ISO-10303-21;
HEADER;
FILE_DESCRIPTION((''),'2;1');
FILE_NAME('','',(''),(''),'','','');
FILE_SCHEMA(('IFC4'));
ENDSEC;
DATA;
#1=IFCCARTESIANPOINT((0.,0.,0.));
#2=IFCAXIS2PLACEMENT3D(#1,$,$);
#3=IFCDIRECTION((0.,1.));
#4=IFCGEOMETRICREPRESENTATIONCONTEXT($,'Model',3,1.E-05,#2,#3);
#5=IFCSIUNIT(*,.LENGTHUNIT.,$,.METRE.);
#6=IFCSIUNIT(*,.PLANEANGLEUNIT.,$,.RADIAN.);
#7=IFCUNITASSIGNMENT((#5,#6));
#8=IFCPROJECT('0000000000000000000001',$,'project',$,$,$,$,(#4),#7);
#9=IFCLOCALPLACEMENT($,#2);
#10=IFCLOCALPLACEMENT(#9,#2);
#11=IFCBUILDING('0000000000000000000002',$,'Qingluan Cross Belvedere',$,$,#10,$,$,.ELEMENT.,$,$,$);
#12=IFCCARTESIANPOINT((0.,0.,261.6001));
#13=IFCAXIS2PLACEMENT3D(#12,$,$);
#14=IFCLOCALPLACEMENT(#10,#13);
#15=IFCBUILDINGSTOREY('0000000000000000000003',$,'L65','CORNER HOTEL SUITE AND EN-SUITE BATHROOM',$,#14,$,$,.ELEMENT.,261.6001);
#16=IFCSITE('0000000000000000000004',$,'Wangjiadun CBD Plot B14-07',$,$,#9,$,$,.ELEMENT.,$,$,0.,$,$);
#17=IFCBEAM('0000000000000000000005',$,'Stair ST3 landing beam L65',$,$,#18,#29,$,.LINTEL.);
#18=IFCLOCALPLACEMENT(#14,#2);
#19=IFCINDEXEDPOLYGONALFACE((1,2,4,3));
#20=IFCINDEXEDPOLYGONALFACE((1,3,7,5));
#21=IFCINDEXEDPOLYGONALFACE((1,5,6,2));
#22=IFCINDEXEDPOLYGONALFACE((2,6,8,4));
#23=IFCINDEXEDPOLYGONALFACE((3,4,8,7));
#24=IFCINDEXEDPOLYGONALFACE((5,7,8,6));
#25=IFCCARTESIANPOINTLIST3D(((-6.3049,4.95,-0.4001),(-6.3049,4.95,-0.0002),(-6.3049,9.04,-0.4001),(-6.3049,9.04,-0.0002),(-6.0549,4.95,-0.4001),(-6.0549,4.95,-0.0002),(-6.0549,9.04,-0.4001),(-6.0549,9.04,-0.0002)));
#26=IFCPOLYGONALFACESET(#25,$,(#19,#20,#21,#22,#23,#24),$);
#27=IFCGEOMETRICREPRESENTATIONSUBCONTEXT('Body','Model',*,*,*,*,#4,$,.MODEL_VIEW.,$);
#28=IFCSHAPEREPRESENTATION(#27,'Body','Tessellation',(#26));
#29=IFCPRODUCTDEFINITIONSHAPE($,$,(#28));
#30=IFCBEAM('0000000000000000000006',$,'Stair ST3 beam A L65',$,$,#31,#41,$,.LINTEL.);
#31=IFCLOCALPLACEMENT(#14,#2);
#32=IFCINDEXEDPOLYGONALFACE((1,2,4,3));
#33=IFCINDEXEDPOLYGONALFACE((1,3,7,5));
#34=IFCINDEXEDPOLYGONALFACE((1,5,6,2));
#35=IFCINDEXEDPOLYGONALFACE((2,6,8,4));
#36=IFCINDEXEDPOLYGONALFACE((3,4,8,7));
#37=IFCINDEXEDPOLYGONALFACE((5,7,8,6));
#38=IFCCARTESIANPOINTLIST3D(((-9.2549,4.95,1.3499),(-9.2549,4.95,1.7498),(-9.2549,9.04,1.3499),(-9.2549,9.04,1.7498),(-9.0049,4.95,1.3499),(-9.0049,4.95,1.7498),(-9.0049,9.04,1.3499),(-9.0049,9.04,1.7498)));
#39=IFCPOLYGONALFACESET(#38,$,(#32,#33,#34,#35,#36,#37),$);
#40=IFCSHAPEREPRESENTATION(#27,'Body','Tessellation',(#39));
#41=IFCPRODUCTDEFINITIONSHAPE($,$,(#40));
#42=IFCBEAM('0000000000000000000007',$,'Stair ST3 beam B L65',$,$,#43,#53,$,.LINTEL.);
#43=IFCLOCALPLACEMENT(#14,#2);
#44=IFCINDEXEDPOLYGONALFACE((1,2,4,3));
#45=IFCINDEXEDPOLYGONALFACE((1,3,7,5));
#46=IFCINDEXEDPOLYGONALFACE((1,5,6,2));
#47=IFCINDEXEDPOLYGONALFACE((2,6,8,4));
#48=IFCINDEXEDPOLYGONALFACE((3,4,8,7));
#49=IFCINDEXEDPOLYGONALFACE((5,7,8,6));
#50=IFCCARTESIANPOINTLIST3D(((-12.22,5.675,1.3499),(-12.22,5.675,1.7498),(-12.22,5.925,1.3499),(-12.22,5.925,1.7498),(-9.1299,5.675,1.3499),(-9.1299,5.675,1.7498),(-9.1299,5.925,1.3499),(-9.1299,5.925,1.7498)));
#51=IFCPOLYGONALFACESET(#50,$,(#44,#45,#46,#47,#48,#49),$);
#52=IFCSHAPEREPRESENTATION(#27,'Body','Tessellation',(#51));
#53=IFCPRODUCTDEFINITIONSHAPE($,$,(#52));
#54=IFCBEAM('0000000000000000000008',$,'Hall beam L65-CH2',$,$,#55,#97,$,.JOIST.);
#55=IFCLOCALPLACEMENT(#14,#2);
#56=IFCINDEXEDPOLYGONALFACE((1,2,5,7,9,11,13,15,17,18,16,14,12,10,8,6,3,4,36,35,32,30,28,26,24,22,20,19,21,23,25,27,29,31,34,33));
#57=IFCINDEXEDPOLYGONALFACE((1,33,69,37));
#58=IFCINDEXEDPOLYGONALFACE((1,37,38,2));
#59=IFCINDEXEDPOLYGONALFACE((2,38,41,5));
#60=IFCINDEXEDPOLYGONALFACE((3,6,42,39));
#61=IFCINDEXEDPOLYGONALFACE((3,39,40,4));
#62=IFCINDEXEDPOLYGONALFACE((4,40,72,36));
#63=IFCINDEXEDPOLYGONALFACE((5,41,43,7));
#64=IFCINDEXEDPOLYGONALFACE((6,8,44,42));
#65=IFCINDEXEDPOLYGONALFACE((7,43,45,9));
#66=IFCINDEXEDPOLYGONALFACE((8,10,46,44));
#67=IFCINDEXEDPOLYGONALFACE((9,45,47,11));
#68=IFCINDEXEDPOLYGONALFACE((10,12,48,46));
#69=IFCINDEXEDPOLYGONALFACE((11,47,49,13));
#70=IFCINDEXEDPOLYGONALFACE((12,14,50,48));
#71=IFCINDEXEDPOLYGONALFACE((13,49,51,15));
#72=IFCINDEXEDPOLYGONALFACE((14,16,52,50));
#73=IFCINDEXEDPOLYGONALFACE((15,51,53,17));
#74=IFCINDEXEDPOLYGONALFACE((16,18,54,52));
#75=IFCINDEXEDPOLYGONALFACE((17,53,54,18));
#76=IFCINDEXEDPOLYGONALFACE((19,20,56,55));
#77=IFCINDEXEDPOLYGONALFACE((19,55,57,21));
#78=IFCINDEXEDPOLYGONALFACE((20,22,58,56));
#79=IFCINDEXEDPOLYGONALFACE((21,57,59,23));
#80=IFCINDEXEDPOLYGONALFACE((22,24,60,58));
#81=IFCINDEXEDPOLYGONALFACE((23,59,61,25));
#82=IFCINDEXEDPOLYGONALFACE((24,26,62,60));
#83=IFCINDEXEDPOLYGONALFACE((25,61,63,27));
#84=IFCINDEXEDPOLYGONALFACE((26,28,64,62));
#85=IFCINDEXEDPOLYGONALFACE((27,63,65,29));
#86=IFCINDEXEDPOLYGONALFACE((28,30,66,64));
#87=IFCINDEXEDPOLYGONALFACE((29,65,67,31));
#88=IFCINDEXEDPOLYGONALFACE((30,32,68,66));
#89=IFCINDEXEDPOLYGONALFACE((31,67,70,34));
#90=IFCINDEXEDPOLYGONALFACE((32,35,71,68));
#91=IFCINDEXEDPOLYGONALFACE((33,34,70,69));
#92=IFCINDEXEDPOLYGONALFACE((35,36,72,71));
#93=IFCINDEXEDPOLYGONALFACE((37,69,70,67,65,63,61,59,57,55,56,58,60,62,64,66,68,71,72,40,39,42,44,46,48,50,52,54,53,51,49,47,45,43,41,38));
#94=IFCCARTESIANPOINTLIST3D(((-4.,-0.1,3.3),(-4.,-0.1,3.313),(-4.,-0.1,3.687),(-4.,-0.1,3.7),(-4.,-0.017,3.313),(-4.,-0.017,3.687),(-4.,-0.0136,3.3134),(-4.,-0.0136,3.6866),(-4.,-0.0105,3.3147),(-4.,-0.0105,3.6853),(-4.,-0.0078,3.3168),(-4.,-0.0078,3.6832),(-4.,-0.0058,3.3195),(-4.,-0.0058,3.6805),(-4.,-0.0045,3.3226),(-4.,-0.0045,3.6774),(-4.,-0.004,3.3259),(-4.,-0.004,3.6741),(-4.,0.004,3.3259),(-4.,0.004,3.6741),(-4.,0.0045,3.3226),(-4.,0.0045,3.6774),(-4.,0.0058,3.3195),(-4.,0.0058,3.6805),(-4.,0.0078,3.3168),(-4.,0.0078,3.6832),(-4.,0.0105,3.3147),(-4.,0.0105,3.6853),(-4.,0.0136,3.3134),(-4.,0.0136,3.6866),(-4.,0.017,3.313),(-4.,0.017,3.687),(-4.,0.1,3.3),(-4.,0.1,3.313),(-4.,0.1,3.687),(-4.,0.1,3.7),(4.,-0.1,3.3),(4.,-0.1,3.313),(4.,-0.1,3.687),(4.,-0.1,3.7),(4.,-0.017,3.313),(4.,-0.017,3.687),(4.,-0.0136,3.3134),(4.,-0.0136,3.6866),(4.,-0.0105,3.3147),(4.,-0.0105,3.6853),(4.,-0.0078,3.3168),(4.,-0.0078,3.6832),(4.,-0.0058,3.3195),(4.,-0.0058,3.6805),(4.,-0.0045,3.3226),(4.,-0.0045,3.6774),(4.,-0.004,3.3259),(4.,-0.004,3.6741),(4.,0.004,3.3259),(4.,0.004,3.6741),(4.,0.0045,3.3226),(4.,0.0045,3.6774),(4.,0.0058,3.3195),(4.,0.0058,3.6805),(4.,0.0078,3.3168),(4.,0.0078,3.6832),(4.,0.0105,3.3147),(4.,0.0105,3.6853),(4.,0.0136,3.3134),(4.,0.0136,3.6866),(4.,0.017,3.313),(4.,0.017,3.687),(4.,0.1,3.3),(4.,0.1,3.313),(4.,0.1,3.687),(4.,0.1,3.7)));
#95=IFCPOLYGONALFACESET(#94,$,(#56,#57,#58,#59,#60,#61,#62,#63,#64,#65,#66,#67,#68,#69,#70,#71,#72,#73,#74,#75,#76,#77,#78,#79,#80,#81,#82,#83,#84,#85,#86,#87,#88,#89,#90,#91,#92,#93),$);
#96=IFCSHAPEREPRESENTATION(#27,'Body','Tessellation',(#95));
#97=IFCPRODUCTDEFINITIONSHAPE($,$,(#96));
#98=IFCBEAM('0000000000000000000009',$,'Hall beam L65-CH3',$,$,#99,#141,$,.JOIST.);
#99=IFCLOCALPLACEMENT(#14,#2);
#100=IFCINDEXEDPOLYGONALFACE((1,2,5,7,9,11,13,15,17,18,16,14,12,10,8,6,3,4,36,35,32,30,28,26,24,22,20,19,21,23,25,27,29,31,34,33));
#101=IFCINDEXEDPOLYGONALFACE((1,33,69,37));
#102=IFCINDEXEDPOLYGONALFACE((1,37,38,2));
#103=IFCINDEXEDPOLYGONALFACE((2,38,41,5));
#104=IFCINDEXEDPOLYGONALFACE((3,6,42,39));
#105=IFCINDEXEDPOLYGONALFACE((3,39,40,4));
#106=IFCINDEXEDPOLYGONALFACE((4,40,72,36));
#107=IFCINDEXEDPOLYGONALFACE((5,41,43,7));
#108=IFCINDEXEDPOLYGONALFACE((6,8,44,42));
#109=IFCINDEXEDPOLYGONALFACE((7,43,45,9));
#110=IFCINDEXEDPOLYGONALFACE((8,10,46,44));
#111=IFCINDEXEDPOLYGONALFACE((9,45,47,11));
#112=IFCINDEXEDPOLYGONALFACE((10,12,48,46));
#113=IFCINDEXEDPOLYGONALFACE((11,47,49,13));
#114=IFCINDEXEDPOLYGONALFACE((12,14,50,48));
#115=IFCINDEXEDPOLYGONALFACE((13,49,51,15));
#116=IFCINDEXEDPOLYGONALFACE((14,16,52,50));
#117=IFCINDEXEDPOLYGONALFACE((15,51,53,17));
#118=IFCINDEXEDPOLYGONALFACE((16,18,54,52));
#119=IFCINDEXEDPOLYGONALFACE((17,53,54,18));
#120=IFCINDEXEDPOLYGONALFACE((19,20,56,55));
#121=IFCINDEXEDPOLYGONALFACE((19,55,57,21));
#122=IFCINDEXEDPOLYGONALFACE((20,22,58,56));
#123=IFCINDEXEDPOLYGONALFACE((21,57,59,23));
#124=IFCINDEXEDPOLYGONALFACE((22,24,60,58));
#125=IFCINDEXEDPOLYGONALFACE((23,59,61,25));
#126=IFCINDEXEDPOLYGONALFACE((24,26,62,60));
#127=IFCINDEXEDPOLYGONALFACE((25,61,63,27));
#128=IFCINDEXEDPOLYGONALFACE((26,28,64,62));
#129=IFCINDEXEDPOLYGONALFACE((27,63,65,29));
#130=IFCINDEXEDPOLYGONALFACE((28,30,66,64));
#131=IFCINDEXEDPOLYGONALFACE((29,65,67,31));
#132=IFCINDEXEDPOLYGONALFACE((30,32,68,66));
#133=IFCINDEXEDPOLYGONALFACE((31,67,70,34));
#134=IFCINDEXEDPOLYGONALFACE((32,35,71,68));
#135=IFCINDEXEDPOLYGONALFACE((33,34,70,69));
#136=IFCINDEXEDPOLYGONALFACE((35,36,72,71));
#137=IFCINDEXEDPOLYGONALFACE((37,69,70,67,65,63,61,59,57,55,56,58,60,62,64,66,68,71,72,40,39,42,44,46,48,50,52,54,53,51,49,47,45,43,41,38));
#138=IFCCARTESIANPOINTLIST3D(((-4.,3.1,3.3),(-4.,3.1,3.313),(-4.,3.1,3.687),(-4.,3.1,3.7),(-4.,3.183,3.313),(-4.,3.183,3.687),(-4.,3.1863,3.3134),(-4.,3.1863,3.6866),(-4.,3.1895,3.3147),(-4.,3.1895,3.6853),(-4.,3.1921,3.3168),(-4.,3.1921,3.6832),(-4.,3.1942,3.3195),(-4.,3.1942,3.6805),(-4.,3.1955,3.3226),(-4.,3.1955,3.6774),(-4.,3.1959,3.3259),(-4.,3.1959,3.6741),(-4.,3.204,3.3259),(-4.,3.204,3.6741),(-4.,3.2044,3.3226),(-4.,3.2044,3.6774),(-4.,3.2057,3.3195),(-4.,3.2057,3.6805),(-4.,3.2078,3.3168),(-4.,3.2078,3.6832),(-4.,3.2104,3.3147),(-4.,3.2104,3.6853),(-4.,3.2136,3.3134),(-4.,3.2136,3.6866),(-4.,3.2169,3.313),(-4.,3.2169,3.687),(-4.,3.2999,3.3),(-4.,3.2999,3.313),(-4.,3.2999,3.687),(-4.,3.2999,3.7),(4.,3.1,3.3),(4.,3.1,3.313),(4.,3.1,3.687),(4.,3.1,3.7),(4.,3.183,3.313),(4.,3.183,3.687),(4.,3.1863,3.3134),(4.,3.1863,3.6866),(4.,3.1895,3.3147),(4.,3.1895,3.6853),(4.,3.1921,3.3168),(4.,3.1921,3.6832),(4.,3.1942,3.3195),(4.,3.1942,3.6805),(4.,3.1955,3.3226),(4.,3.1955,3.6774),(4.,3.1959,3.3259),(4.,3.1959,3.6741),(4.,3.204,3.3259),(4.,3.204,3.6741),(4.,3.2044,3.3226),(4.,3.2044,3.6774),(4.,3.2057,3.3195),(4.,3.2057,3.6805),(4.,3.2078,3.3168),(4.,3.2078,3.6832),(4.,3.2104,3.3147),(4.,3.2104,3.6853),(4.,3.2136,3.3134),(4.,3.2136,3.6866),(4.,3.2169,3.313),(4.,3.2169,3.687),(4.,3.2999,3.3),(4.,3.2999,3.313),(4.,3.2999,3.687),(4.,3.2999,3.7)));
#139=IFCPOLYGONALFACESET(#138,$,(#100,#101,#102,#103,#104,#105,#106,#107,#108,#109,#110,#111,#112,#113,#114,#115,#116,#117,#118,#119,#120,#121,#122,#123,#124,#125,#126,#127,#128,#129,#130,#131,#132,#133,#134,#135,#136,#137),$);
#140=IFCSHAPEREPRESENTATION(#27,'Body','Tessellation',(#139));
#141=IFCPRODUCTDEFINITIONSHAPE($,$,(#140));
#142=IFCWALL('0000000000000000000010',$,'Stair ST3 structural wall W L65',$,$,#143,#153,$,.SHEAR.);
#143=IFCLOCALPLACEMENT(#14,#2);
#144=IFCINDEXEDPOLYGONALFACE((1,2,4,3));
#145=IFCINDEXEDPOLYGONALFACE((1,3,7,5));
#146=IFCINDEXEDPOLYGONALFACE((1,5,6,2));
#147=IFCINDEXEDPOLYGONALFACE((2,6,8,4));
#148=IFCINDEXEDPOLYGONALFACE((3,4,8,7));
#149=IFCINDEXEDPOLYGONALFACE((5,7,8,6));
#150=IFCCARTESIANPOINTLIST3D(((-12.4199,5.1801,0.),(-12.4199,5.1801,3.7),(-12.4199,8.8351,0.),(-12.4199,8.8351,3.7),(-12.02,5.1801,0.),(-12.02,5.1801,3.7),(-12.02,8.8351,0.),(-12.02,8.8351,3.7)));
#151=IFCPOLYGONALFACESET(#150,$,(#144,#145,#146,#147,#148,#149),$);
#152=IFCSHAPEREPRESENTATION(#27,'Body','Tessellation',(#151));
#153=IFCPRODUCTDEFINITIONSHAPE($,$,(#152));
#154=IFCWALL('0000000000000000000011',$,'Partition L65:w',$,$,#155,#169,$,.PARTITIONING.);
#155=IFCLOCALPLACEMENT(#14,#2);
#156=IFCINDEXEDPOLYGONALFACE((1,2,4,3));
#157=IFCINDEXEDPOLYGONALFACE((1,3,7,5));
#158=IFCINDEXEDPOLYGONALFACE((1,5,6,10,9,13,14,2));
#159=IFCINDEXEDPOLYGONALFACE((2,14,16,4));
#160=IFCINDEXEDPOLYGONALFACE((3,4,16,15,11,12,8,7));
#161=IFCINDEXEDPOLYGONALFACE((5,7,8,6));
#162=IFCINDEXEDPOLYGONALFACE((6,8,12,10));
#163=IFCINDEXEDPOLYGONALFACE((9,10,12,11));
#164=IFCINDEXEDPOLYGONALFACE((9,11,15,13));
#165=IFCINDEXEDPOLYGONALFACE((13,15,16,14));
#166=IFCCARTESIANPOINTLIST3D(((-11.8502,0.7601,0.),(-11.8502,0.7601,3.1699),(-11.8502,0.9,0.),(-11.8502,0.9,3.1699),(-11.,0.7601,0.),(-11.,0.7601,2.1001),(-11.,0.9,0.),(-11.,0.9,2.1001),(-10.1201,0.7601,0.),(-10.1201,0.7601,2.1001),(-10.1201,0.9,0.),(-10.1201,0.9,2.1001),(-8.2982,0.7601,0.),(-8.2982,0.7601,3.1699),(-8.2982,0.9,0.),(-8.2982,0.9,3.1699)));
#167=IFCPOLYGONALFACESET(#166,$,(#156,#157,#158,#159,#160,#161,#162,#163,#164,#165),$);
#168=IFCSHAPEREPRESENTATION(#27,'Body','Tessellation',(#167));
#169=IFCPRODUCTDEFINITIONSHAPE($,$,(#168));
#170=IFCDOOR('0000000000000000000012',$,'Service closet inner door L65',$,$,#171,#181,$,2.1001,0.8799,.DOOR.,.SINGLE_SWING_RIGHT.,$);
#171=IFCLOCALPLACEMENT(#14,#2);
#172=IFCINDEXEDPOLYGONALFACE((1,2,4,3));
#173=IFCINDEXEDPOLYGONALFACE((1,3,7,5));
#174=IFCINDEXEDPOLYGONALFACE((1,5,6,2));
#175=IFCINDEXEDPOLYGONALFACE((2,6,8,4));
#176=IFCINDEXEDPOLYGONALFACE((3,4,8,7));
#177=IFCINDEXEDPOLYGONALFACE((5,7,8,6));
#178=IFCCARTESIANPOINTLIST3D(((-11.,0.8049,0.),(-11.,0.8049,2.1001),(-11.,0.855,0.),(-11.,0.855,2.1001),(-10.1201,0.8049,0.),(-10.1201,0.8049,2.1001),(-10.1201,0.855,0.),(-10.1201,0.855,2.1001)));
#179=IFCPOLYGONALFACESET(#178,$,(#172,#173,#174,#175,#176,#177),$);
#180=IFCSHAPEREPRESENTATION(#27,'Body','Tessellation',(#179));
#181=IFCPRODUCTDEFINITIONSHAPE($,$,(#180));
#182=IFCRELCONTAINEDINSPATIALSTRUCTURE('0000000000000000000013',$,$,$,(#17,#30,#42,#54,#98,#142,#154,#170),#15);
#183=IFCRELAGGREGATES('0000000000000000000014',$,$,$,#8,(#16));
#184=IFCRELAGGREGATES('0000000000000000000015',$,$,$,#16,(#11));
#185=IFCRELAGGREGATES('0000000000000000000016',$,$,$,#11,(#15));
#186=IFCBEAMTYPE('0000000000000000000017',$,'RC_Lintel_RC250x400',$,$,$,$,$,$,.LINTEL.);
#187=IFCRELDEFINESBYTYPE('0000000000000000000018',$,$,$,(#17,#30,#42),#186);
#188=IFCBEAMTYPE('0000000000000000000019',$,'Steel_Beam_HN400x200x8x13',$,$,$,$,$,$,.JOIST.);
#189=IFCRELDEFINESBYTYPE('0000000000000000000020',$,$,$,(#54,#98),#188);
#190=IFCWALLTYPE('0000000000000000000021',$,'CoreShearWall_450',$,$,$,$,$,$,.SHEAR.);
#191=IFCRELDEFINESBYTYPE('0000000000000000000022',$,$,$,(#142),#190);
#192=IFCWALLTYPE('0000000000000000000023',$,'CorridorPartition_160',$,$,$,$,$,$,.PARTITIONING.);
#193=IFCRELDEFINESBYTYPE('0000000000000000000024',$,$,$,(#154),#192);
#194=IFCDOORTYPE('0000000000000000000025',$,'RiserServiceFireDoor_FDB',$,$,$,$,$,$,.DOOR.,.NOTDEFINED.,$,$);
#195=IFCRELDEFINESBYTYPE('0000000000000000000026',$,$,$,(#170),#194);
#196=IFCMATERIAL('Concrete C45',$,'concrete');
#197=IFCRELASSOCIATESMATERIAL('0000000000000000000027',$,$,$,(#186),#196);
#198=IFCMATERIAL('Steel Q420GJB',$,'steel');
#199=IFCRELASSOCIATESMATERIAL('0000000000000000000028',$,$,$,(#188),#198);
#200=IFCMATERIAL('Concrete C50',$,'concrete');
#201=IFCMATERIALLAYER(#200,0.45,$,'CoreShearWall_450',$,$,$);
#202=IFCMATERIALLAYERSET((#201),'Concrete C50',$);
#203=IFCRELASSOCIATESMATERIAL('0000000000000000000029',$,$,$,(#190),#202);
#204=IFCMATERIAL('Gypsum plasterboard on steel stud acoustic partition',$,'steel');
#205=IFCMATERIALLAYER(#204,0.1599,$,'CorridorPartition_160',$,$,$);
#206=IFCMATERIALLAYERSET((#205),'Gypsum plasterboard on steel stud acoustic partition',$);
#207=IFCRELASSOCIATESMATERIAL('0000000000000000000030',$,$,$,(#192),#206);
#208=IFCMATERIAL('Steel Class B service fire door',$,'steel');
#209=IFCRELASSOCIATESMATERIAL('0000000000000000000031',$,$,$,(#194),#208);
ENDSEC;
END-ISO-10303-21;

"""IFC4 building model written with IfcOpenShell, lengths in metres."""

from ifc_helpers import new_model, si_unit, direction, frame, frame_2d, origin, origin_2d, place, context, subcontext, project, spatial, rectangle, i_section, extrude, material, layer, layer_set, material_profile, profile_set, type_object, element, fill, save


model = new_model("IFC4")

# Units and contexts
model_context = context("Model", 3, precision=1e-05, world=origin(), true_north=direction((0.0, 1.0)))
body_context = subcontext(model_context, "Body", "Model", "MODEL_VIEW")
ifc_project = project(units=[si_unit("LENGTHUNIT", "METRE"), si_unit("PLANEANGLEUNIT", "RADIAN")], contexts=[model_context])

# Site, building, storey
site_placement = place(None, origin())
site = spatial("IfcSite", under=ifc_project, at=site_placement, Name="Wangjiadun CBD Plot B14-07", CompositionType="ELEMENT", RefElevation=0.0)
building_placement = place(site_placement, origin())
building = spatial("IfcBuilding", under=site, at=building_placement, Name="Qingluan Cross Belvedere", CompositionType="ELEMENT")
storey_placement = place(building_placement, frame((0.0, 0.0, 261.6001)))
storey = spatial("IfcBuildingStorey", under=building, at=storey_placement, Name="L65", Description="CORNER HOTEL SUITE AND EN-SUITE BATHROOM", CompositionType="ELEMENT", Elevation=261.6001)

# Beams
ifc_material_1 = material(Name="Concrete C45", Category="concrete")
ifc_material_profile_1 = material_profile(ifc_material_1, rectangle(XDim=0.25, YDim=0.3999, at=origin_2d()), Name="RC250x400")
ifc_profile_set_1 = profile_set([ifc_material_profile_1], Name="Concrete C45")
beam_type_1 = type_object("IfcBeamType", Name="RC_Lintel_RC250x400", PredefinedType="LINTEL", material=ifc_profile_set_1)
for number, where, z_axis, x_axis, name in (
    (1, (-6.1799, 4.95, -0.2002), (0.0, 1.0, 0.0), (-1.0, 0.0, 0.0), "Stair ST3 landing beam L65"),
    (2, (-9.1299, 4.95, 1.5498), (0.0, 1.0, 0.0), (-1.0, 0.0, 0.0), "Stair ST3 beam A L65"),
):
    element("IfcBeam", number, at=place(storey_placement, frame(where, z_axis=z_axis, x_axis=x_axis)), inside=storey, type_object=beam_type_1, Name=name, PredefinedType="LINTEL", context=body_context, shape_type="SweptSolid", body=[
        extrude(rectangle(XDim=0.25, YDim=0.3999, at=origin_2d()), origin(), (0.0, 0.0, 1.0), 4.0901),
    ])
beam_placement = place(storey_placement, frame((-12.22, 5.8, 1.5498), z_axis=(1.0, 0.0, 0.0), x_axis=(0.0, 1.0, 0.0)))
element("IfcBeam", 3, at=beam_placement, inside=storey, type_object=beam_type_1, Name="Stair ST3 beam B L65", PredefinedType="LINTEL", context=body_context, shape_type="SweptSolid", body=[
    extrude(rectangle(XDim=0.25, YDim=0.3999, at=origin_2d()), origin(), (0.0, 0.0, 1.0), 3.0901),
])
ifc_material_2 = material(Name="Steel Q420GJB", Category="steel")
ifc_material_profile_2 = material_profile(ifc_material_2, i_section(OverallWidth=0.2, OverallDepth=0.3999, WebThickness=0.0081, FlangeThickness=0.0129, FilletRadius=0.0129, at=origin_2d()), Name="HN400x200x8x13")
ifc_profile_set_2 = profile_set([ifc_material_profile_2], Name="Steel Q420GJB")
beam_type_2 = type_object("IfcBeamType", Name="Steel_Beam_HN400x200x8x13", PredefinedType="JOIST", material=ifc_profile_set_2)
for number, where, z_axis, x_axis, name in (
    (4, (-4.0, 0.0, 3.5), (1.0, 0.0, 0.0), (0.0, 1.0, 0.0), "Hall beam L65-CH2"),
    (5, (-4.0, 3.2, 3.5), (1.0, 0.0, 0.0), (0.0, 1.0, 0.0), "Hall beam L65-CH3"),
):
    element("IfcBeam", number, at=place(storey_placement, frame(where, z_axis=z_axis, x_axis=x_axis)), inside=storey, type_object=beam_type_2, Name=name, PredefinedType="JOIST", context=body_context, shape_type="SweptSolid", body=[
        extrude(i_section(OverallWidth=0.2, OverallDepth=0.3999, WebThickness=0.0081, FlangeThickness=0.0129, FilletRadius=0.0129, at=origin_2d()), origin(), (0.0, 0.0, 1.0), 8.0),
    ])

# Wall
ifc_material_3 = material(Name="Concrete C50", Category="concrete")
ifc_layer_1 = layer(ifc_material_3, 0.45, Name="CoreShearWall_450")
ifc_layer_set_1 = layer_set([ifc_layer_1], Name="Concrete C50")
wall_type_1 = type_object("IfcWallType", Name="CoreShearWall_450", PredefinedType="SHEAR", material=ifc_layer_set_1)
wall_1_placement = place(storey_placement, frame((-12.22, 5.1799, 0.0), z_axis=(0.0, 0.0, 1.0), x_axis=(0.0, 1.0, 0.0)))
element("IfcWall", 6, at=wall_1_placement, inside=storey, type_object=wall_type_1, Name="Stair ST3 structural wall W L65", PredefinedType="SHEAR", context=body_context, shape_type="SweptSolid", body=[
    extrude(rectangle(XDim=3.655, YDim=0.3999, at=frame_2d((1.8276, 0.0))), origin(), (0.0, 0.0, 1.0), 3.7),
])

# Wall, opening, door
ifc_material_4 = material(Name="Gypsum plasterboard on steel stud acoustic partition", Category="steel")
ifc_layer_2 = layer(ifc_material_4, 0.1599, Name="CorridorPartition_160")
ifc_layer_set_2 = layer_set([ifc_layer_2], Name="Gypsum plasterboard on steel stud acoustic partition")
wall_type_2 = type_object("IfcWallType", Name="CorridorPartition_160", PredefinedType="PARTITIONING", material=ifc_layer_set_2)
wall_2_placement = place(storey_placement, frame((-11.8501, 0.8301, 0.0), z_axis=(0.0, 0.0, 1.0), x_axis=(1.0, 0.0, 0.0)))
wall_2 = element("IfcWall", 7, at=wall_2_placement, inside=storey, type_object=wall_type_2, Name="Partition L65:w", PredefinedType="PARTITIONING", context=body_context, shape_type="SweptSolid", body=[
    extrude(rectangle(XDim=3.552, YDim=0.1399, at=frame_2d((1.7759, 0.0))), origin(), (0.0, 0.0, 1.0), 3.1699),
])
opening_1_placement = place(wall_2_placement, frame((0.8501, 0.0, 0.0)))
opening_1 = element("IfcOpeningElement", 8, at=opening_1_placement, cuts=wall_2, PredefinedType="OPENING", context=body_context, shape_type="SweptSolid", body=[
    extrude(rectangle(XDim=0.8799, YDim=2.1001, at=frame_2d((0.4399, 1.05))), frame((0.0, 0.0798, 0.0), z_axis=(0.0, -1.0, 0.0), x_axis=(1.0, 0.0, 0.0)), (0.0, 0.0, 1.0), 0.1599),
])
ifc_material_5 = material(Name="Steel Class B service fire door", Category="steel")
door_type_1 = type_object("IfcDoorType", Name="RiserServiceFireDoor_FDB", OperationType="NOTDEFINED", PredefinedType="DOOR", material=ifc_material_5)
door_1_placement = place(opening_1_placement, origin())
door_1 = element("IfcDoor", 9, at=door_1_placement, inside=storey, type_object=door_type_1, Name="Service closet inner door L65", OperationType="SINGLE_SWING_RIGHT", OverallHeight=2.1001, OverallWidth=0.8799, PredefinedType="DOOR", context=body_context, shape_type="SweptSolid", body=[
    extrude(rectangle(XDim=0.8799, YDim=2.1001, at=frame_2d((0.4399, 1.05))), frame((0.0, 0.0249, 0.0), z_axis=(0.0, -1.0, 0.0), x_axis=(1.0, 0.0, 0.0)), (0.0, 0.0, 1.0), 0.05),
])
fill(opening_1, door_1)

save(model, "model.ifc")
